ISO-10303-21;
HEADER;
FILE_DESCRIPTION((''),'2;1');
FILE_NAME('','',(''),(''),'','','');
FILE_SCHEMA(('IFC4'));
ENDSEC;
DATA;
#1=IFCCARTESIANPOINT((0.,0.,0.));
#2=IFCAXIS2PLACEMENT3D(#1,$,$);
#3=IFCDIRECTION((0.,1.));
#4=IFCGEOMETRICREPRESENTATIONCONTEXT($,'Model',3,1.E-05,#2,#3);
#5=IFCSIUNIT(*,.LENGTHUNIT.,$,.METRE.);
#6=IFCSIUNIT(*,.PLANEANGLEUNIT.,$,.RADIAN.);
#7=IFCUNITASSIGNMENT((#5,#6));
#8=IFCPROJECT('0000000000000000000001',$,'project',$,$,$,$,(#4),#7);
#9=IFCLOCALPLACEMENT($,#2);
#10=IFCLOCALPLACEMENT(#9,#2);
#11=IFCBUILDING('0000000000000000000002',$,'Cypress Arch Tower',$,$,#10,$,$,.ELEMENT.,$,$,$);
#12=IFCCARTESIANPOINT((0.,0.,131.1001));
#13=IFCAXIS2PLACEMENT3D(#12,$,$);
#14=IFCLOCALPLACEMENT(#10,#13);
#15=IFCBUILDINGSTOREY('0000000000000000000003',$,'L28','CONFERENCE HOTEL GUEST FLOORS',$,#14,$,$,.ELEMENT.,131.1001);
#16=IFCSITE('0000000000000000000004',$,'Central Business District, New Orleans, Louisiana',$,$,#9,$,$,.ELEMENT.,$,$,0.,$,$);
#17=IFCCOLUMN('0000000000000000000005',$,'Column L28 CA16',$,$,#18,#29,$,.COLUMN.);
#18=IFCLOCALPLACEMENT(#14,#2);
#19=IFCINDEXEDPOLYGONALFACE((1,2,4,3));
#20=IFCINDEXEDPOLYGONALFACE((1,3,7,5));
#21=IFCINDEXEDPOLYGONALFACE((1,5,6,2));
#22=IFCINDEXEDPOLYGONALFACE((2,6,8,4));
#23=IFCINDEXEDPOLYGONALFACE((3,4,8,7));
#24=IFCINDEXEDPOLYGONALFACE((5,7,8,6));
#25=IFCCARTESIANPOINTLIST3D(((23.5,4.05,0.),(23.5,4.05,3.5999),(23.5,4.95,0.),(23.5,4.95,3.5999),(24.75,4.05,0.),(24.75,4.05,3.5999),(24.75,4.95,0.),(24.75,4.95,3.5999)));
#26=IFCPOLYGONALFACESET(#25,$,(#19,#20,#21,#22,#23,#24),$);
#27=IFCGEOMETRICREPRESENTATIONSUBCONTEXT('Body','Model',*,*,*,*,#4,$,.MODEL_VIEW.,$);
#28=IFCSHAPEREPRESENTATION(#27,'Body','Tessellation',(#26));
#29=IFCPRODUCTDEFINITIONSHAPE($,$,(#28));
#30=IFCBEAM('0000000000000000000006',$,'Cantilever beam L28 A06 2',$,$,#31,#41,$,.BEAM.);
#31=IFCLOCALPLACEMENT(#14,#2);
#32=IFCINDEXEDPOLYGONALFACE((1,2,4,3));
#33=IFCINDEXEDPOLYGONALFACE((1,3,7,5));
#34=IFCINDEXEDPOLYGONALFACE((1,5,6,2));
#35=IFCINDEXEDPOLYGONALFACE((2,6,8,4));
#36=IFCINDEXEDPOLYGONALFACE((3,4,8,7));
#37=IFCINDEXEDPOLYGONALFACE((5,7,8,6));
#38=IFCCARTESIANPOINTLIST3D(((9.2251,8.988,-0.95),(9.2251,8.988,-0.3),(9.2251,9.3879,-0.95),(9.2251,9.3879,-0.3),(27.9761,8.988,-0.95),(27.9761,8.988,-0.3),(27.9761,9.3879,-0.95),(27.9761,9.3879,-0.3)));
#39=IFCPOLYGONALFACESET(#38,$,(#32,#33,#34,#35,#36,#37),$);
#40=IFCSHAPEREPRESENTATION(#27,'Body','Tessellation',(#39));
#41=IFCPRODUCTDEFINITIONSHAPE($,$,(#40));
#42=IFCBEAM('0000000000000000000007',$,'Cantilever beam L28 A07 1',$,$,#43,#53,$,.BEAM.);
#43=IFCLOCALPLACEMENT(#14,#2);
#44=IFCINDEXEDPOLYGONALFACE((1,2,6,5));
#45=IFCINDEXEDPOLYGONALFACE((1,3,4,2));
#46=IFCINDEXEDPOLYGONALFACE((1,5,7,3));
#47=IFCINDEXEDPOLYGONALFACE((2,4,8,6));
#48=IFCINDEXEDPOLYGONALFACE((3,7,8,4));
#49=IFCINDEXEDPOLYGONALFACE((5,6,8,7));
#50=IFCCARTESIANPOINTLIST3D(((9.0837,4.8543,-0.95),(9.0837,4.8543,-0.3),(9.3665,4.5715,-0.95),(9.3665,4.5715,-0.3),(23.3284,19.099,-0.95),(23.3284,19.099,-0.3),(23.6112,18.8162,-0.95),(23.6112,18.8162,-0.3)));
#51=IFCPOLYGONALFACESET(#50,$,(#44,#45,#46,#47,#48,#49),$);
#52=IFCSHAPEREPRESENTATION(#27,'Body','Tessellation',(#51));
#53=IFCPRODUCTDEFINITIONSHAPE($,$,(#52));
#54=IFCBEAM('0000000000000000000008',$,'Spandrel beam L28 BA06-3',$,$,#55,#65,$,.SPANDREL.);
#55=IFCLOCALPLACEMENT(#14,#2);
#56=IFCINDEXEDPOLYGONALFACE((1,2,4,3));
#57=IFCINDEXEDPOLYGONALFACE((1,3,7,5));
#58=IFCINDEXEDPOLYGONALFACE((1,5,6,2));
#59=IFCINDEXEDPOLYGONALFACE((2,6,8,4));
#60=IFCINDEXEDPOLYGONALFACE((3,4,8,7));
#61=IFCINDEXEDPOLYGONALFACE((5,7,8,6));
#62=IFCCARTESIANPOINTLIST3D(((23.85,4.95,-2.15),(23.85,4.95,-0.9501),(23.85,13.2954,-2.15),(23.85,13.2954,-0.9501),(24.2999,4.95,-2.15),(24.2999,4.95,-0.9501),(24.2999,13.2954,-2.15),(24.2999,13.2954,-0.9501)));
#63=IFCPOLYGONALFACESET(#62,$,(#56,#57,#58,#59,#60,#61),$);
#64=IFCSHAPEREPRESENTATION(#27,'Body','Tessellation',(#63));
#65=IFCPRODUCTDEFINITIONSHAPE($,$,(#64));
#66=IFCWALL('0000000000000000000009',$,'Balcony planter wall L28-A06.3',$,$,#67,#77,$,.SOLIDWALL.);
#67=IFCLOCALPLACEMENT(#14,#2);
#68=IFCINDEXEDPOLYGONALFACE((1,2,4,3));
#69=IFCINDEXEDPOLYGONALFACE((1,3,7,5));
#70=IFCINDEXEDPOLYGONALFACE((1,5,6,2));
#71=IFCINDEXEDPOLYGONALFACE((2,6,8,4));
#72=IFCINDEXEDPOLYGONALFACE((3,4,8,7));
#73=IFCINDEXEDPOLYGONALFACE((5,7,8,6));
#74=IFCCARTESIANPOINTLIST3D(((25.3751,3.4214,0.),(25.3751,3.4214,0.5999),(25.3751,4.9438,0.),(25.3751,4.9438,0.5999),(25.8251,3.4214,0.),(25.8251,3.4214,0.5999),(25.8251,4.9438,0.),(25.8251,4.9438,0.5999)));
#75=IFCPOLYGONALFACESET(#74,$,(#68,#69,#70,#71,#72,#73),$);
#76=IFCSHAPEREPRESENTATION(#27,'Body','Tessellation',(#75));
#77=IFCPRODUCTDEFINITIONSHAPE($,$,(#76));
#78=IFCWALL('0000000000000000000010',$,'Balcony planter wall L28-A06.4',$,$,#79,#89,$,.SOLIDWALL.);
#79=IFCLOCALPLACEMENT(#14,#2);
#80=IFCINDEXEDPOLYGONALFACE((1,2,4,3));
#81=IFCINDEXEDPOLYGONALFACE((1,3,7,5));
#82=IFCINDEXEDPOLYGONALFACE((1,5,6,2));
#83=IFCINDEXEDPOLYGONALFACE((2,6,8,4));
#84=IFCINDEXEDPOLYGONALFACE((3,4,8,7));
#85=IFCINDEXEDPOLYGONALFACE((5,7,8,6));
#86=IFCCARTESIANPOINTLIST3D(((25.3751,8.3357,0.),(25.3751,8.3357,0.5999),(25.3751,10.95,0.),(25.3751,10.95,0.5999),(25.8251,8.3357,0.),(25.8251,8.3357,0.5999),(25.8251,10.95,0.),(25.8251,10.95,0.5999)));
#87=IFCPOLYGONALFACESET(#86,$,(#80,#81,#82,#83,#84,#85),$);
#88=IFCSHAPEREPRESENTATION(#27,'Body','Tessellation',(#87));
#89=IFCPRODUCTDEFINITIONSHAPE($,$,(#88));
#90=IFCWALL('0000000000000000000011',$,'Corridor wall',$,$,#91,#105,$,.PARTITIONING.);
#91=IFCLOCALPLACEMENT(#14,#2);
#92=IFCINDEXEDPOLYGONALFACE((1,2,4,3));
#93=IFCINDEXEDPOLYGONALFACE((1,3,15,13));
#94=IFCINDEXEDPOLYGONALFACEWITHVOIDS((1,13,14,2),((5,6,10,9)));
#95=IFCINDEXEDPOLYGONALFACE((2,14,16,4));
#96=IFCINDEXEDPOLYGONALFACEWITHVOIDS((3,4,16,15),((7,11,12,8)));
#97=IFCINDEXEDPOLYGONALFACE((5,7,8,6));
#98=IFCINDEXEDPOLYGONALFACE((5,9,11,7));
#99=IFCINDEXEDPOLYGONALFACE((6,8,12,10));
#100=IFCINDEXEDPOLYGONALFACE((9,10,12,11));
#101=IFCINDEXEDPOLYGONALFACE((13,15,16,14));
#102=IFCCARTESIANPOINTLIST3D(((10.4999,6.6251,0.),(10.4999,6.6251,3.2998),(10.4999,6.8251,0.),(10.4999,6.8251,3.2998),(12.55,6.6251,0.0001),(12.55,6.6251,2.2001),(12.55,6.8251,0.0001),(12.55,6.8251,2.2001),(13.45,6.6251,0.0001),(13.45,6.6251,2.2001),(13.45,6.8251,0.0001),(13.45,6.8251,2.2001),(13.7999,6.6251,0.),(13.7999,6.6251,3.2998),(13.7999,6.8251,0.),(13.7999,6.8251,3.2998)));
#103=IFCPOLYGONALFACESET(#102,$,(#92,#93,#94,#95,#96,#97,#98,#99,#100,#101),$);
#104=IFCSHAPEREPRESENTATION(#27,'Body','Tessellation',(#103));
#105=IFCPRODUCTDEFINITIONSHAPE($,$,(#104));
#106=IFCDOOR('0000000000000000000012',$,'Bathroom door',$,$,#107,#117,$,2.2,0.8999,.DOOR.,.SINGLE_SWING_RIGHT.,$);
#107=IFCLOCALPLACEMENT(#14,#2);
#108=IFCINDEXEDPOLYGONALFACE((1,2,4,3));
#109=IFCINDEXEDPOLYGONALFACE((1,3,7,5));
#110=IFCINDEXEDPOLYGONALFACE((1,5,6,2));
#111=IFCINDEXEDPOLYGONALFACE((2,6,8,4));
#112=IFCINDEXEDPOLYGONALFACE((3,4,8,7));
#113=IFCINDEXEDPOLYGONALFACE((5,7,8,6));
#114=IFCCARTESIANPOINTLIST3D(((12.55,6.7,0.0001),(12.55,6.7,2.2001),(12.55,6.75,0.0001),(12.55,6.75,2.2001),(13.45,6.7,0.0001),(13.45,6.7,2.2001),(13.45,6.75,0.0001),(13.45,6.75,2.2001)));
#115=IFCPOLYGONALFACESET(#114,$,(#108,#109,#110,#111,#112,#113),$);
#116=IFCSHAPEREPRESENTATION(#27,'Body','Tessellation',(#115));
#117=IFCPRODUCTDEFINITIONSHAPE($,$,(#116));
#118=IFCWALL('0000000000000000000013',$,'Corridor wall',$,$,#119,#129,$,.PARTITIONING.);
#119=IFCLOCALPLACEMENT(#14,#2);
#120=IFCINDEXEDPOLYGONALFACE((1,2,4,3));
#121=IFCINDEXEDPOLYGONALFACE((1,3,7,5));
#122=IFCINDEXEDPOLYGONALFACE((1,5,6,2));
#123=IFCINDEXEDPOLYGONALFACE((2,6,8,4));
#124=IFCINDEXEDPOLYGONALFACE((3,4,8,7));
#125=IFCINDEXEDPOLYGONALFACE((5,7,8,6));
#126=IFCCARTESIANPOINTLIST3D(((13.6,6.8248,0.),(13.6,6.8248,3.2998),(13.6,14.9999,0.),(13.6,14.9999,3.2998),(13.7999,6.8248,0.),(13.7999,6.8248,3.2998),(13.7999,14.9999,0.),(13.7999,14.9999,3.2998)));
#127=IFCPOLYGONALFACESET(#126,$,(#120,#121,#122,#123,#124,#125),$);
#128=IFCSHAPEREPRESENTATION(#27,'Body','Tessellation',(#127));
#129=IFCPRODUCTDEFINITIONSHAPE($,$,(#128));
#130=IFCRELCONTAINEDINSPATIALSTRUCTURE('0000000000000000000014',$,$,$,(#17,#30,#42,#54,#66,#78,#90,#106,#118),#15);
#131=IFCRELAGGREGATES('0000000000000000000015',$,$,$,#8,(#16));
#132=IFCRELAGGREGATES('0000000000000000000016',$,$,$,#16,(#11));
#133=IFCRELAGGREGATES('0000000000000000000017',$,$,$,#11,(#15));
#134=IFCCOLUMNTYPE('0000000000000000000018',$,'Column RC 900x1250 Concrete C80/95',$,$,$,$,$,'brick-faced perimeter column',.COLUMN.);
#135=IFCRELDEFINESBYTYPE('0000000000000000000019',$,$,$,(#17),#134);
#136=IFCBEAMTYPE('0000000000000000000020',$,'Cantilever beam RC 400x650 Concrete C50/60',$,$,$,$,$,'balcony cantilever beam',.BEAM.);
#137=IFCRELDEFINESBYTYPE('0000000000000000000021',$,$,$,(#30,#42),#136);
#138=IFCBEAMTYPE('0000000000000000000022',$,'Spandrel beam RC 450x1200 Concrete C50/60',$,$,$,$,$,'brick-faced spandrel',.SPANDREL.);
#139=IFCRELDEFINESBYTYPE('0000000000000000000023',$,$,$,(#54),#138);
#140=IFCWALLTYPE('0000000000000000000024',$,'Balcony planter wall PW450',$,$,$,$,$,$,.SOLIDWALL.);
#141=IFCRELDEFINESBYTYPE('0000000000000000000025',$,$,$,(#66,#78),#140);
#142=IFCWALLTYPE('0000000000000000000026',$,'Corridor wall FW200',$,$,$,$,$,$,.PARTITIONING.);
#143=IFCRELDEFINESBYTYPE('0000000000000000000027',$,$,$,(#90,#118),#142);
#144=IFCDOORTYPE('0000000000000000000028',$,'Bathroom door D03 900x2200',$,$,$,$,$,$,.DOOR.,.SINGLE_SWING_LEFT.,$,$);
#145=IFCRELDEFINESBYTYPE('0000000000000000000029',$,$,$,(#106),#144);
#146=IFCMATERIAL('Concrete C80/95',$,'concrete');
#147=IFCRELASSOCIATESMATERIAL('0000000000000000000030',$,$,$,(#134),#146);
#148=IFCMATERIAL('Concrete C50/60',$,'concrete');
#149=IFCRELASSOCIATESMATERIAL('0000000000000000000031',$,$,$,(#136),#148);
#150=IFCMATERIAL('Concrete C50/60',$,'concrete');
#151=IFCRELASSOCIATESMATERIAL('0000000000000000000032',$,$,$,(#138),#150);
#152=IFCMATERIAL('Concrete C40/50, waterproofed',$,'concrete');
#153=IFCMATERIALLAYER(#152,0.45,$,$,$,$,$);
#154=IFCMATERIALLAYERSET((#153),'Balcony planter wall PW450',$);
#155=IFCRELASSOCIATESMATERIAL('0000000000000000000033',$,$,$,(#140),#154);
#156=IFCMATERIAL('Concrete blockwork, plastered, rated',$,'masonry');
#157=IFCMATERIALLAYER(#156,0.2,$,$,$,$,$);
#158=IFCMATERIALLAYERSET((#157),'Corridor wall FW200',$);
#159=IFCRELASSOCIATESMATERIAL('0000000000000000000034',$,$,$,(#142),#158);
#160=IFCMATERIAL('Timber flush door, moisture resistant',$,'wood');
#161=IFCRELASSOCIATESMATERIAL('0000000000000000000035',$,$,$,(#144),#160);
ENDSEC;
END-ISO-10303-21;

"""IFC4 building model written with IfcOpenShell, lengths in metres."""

from ifc_helpers import new_model, si_unit, direction, frame, frame_2d, origin, origin_2d, place, context, subcontext, project, spatial, rectangle, extrude, material, layer, layer_set, material_profile, profile_set, type_object, element, fill, save


model = new_model("IFC4")

# Units and contexts
model_context = context("Model", 3, precision=1e-05, world=origin(), true_north=direction((0.0, 1.0)))
body_context = subcontext(model_context, "Body", "Model", "MODEL_VIEW")
ifc_project = project(units=[si_unit("LENGTHUNIT", "METRE"), si_unit("PLANEANGLEUNIT", "RADIAN")], contexts=[model_context])

# Site, building, storey
site_placement = place(None, origin())
site = spatial("IfcSite", under=ifc_project, at=site_placement, Name="Central Business District, New Orleans, Louisiana", CompositionType="ELEMENT", RefElevation=0.0)
building_placement = place(site_placement, origin())
building = spatial("IfcBuilding", under=site, at=building_placement, Name="Cypress Arch Tower", CompositionType="ELEMENT")
storey_placement = place(building_placement, frame((0.0, 0.0, 131.1001)))
storey = spatial("IfcBuildingStorey", under=building, at=storey_placement, Name="L28", Description="CONFERENCE HOTEL GUEST FLOORS", CompositionType="ELEMENT", Elevation=131.1001)

# Column
ifc_material_1 = material(Name="Concrete C80/95", Category="concrete")
ifc_material_profile_1 = material_profile(ifc_material_1, rectangle(XDim=0.8999, YDim=1.25, at=origin_2d()), Name="RC 900x1250")
ifc_profile_set_1 = profile_set([ifc_material_profile_1], Name="Concrete C80/95")
column_type = type_object("IfcColumnType", Name="Column RC 900x1250 Concrete C80/95", ElementType="brick-faced perimeter column", PredefinedType="COLUMN", material=ifc_profile_set_1)
column_placement = place(storey_placement, frame((24.125, 4.5, 0.0), z_axis=(0.0, 0.0, 1.0), x_axis=(0.0, 1.0, 0.0)))
element("IfcColumn", 1, at=column_placement, inside=storey, type_object=column_type, Name="Column L28 CA16", PredefinedType="COLUMN", context=body_context, shape_type="SweptSolid", body=[
    extrude(rectangle(XDim=0.8999, YDim=1.25, at=origin_2d()), origin(), (0.0, 0.0, 1.0), 3.5999),
])

# Beams
ifc_material_2 = material(Name="Concrete C50/60", Category="concrete")
ifc_material_profile_2 = material_profile(ifc_material_2, rectangle(XDim=0.3999, YDim=0.6499, at=origin_2d()), Name="RC 400x650")
ifc_profile_set_2 = profile_set([ifc_material_profile_2], Name="Concrete C50/60")
beam_type_1 = type_object("IfcBeamType", Name="Cantilever beam RC 400x650 Concrete C50/60", ElementType="balcony cantilever beam", PredefinedType="BEAM", material=ifc_profile_set_2)
beam_1_placement = place(storey_placement, frame((9.2251, 9.188, -0.625), z_axis=(1.0, 0.0, 0.0), x_axis=(0.0, 1.0, 0.0)))
element("IfcBeam", 2, at=beam_1_placement, inside=storey, type_object=beam_type_1, Name="Cantilever beam L28 A06 2", PredefinedType="BEAM", context=body_context, shape_type="SweptSolid", body=[
    extrude(rectangle(XDim=0.3999, YDim=0.6499, at=origin_2d()), origin(), (0.0, 0.0, 1.0), 18.751),
])
beam_2_placement = place(storey_placement, frame((9.2251, 4.7129, -0.625), z_axis=(0.707107, 0.707107, 0.0), x_axis=(-0.707107, 0.707107, 0.0)))
element("IfcBeam", 3, at=beam_2_placement, inside=storey, type_object=beam_type_1, Name="Cantilever beam L28 A07 1", PredefinedType="BEAM", context=body_context, shape_type="SweptSolid", body=[
    extrude(rectangle(XDim=0.3999, YDim=0.6499, at=origin_2d()), origin(), (0.0, 0.0, 1.0), 20.145),
])
ifc_material_3 = material(Name="Concrete C50/60", Category="concrete")
ifc_material_profile_3 = material_profile(ifc_material_3, rectangle(XDim=0.45, YDim=1.2, at=origin_2d()), Name="RC 450x1200")
ifc_profile_set_3 = profile_set([ifc_material_profile_3], Name="Concrete C50/60")
beam_type_2 = type_object("IfcBeamType", Name="Spandrel beam RC 450x1200 Concrete C50/60", ElementType="brick-faced spandrel", PredefinedType="SPANDREL", material=ifc_profile_set_3)
beam_3_placement = place(storey_placement, frame((24.075, 4.95, -1.55), z_axis=(0.0, 1.0, 0.0), x_axis=(-1.0, 0.0, 0.0)))
element("IfcBeam", 4, at=beam_3_placement, inside=storey, type_object=beam_type_2, Name="Spandrel beam L28 BA06-3", PredefinedType="SPANDREL", context=body_context, shape_type="SweptSolid", body=[
    extrude(rectangle(XDim=0.45, YDim=1.2, at=origin_2d()), origin(), (0.0, 0.0, 1.0), 8.3455),
])

# Walls
ifc_material_4 = material(Name="Concrete C40/50, waterproofed", Category="concrete")
ifc_layer_1 = layer(ifc_material_4, 0.45)
ifc_layer_set_1 = layer_set([ifc_layer_1], Name="Balcony planter wall PW450")
wall_type_1 = type_object("IfcWallType", Name="Balcony planter wall PW450", PredefinedType="SOLIDWALL", material=ifc_layer_set_1)
wall_1_placement = place(storey_placement, frame((25.6001, 3.4214, 0.0), z_axis=(0.0, 0.0, 1.0), x_axis=(0.0, 1.0, 0.0)))
element("IfcWall", 5, at=wall_1_placement, inside=storey, type_object=wall_type_1, Name="Balcony planter wall L28-A06.3", PredefinedType="SOLIDWALL", context=body_context, shape_type="SweptSolid", body=[
    extrude(rectangle(XDim=1.5225, YDim=0.45, at=frame_2d((0.7612, 0.0))), origin(), (0.0, 0.0, 1.0), 0.5999),
])
wall_2_placement = place(storey_placement, frame((25.6001, 8.3357, 0.0), z_axis=(0.0, 0.0, 1.0), x_axis=(0.0, 1.0, 0.0)))
element("IfcWall", 6, at=wall_2_placement, inside=storey, type_object=wall_type_1, Name="Balcony planter wall L28-A06.4", PredefinedType="SOLIDWALL", context=body_context, shape_type="SweptSolid", body=[
    extrude(rectangle(XDim=2.6143, YDim=0.45, at=frame_2d((1.3071, 0.0))), origin(), (0.0, 0.0, 1.0), 0.5999),
])

# Wall, opening, door
ifc_material_5 = material(Name="Concrete blockwork, plastered, rated", Category="masonry")
ifc_layer_2 = layer(ifc_material_5, 0.2)
ifc_layer_set_2 = layer_set([ifc_layer_2], Name="Corridor wall FW200")
wall_type_2 = type_object("IfcWallType", Name="Corridor wall FW200", PredefinedType="PARTITIONING", material=ifc_layer_set_2)
wall_3_placement = place(storey_placement, frame((10.5, 6.7251, 0.0), z_axis=(0.0, 0.0, 1.0), x_axis=(1.0, 0.0, 0.0)))
wall_3 = element("IfcWall", 7, at=wall_3_placement, inside=storey, type_object=wall_type_2, Name="Corridor wall", PredefinedType="PARTITIONING", context=body_context, shape_type="SweptSolid", body=[
    extrude(rectangle(XDim=3.3, YDim=0.2, at=frame_2d((1.6499, 0.0))), origin(), (0.0, 0.0, 1.0), 3.2998),
])
opening_1_placement = place(wall_3_placement, frame((2.05, 0.0, 0.0)))
opening_1 = element("IfcOpeningElement", 8, at=opening_1_placement, cuts=wall_3, PredefinedType="OPENING", context=body_context, shape_type="SweptSolid", body=[
    extrude(rectangle(XDim=0.8999, YDim=2.2, at=frame_2d((0.45, 1.1001))), frame((0.0, 0.1099, 0.0), z_axis=(0.0, -1.0, 0.0), x_axis=(1.0, 0.0, 0.0)), (0.0, 0.0, 1.0), 0.22),
])
ifc_material_6 = material(Name="Timber flush door, moisture resistant", Category="wood")
door_type_1 = type_object("IfcDoorType", Name="Bathroom door D03 900x2200", OperationType="SINGLE_SWING_LEFT", PredefinedType="DOOR", material=ifc_material_6)
door_1_placement = place(opening_1_placement, origin())
door_1 = element("IfcDoor", 9, at=door_1_placement, inside=storey, type_object=door_type_1, Name="Bathroom door", OperationType="SINGLE_SWING_RIGHT", OverallHeight=2.2, OverallWidth=0.8999, PredefinedType="DOOR", context=body_context, shape_type="SweptSolid", body=[
    extrude(rectangle(XDim=0.8999, YDim=2.2, at=frame_2d((0.45, 1.1001))), frame((0.0, 0.0249, 0.0), z_axis=(0.0, -1.0, 0.0), x_axis=(1.0, 0.0, 0.0)), (0.0, 0.0, 1.0), 0.05),
])
fill(opening_1, door_1)

# Wall
wall_4_placement = place(storey_placement, frame((13.7, 6.825, 0.0), z_axis=(0.0, 0.0, 1.0), x_axis=(0.0, 1.0, 0.0)))
element("IfcWall", 10, at=wall_4_placement, inside=storey, type_object=wall_type_2, Name="Corridor wall", PredefinedType="PARTITIONING", context=body_context, shape_type="SweptSolid", body=[
    extrude(rectangle(XDim=8.175, YDim=0.2, at=frame_2d((4.0874, 0.0))), origin(), (0.0, 0.0, 1.0), 3.2998),
])

save(model, "model.ifc")
